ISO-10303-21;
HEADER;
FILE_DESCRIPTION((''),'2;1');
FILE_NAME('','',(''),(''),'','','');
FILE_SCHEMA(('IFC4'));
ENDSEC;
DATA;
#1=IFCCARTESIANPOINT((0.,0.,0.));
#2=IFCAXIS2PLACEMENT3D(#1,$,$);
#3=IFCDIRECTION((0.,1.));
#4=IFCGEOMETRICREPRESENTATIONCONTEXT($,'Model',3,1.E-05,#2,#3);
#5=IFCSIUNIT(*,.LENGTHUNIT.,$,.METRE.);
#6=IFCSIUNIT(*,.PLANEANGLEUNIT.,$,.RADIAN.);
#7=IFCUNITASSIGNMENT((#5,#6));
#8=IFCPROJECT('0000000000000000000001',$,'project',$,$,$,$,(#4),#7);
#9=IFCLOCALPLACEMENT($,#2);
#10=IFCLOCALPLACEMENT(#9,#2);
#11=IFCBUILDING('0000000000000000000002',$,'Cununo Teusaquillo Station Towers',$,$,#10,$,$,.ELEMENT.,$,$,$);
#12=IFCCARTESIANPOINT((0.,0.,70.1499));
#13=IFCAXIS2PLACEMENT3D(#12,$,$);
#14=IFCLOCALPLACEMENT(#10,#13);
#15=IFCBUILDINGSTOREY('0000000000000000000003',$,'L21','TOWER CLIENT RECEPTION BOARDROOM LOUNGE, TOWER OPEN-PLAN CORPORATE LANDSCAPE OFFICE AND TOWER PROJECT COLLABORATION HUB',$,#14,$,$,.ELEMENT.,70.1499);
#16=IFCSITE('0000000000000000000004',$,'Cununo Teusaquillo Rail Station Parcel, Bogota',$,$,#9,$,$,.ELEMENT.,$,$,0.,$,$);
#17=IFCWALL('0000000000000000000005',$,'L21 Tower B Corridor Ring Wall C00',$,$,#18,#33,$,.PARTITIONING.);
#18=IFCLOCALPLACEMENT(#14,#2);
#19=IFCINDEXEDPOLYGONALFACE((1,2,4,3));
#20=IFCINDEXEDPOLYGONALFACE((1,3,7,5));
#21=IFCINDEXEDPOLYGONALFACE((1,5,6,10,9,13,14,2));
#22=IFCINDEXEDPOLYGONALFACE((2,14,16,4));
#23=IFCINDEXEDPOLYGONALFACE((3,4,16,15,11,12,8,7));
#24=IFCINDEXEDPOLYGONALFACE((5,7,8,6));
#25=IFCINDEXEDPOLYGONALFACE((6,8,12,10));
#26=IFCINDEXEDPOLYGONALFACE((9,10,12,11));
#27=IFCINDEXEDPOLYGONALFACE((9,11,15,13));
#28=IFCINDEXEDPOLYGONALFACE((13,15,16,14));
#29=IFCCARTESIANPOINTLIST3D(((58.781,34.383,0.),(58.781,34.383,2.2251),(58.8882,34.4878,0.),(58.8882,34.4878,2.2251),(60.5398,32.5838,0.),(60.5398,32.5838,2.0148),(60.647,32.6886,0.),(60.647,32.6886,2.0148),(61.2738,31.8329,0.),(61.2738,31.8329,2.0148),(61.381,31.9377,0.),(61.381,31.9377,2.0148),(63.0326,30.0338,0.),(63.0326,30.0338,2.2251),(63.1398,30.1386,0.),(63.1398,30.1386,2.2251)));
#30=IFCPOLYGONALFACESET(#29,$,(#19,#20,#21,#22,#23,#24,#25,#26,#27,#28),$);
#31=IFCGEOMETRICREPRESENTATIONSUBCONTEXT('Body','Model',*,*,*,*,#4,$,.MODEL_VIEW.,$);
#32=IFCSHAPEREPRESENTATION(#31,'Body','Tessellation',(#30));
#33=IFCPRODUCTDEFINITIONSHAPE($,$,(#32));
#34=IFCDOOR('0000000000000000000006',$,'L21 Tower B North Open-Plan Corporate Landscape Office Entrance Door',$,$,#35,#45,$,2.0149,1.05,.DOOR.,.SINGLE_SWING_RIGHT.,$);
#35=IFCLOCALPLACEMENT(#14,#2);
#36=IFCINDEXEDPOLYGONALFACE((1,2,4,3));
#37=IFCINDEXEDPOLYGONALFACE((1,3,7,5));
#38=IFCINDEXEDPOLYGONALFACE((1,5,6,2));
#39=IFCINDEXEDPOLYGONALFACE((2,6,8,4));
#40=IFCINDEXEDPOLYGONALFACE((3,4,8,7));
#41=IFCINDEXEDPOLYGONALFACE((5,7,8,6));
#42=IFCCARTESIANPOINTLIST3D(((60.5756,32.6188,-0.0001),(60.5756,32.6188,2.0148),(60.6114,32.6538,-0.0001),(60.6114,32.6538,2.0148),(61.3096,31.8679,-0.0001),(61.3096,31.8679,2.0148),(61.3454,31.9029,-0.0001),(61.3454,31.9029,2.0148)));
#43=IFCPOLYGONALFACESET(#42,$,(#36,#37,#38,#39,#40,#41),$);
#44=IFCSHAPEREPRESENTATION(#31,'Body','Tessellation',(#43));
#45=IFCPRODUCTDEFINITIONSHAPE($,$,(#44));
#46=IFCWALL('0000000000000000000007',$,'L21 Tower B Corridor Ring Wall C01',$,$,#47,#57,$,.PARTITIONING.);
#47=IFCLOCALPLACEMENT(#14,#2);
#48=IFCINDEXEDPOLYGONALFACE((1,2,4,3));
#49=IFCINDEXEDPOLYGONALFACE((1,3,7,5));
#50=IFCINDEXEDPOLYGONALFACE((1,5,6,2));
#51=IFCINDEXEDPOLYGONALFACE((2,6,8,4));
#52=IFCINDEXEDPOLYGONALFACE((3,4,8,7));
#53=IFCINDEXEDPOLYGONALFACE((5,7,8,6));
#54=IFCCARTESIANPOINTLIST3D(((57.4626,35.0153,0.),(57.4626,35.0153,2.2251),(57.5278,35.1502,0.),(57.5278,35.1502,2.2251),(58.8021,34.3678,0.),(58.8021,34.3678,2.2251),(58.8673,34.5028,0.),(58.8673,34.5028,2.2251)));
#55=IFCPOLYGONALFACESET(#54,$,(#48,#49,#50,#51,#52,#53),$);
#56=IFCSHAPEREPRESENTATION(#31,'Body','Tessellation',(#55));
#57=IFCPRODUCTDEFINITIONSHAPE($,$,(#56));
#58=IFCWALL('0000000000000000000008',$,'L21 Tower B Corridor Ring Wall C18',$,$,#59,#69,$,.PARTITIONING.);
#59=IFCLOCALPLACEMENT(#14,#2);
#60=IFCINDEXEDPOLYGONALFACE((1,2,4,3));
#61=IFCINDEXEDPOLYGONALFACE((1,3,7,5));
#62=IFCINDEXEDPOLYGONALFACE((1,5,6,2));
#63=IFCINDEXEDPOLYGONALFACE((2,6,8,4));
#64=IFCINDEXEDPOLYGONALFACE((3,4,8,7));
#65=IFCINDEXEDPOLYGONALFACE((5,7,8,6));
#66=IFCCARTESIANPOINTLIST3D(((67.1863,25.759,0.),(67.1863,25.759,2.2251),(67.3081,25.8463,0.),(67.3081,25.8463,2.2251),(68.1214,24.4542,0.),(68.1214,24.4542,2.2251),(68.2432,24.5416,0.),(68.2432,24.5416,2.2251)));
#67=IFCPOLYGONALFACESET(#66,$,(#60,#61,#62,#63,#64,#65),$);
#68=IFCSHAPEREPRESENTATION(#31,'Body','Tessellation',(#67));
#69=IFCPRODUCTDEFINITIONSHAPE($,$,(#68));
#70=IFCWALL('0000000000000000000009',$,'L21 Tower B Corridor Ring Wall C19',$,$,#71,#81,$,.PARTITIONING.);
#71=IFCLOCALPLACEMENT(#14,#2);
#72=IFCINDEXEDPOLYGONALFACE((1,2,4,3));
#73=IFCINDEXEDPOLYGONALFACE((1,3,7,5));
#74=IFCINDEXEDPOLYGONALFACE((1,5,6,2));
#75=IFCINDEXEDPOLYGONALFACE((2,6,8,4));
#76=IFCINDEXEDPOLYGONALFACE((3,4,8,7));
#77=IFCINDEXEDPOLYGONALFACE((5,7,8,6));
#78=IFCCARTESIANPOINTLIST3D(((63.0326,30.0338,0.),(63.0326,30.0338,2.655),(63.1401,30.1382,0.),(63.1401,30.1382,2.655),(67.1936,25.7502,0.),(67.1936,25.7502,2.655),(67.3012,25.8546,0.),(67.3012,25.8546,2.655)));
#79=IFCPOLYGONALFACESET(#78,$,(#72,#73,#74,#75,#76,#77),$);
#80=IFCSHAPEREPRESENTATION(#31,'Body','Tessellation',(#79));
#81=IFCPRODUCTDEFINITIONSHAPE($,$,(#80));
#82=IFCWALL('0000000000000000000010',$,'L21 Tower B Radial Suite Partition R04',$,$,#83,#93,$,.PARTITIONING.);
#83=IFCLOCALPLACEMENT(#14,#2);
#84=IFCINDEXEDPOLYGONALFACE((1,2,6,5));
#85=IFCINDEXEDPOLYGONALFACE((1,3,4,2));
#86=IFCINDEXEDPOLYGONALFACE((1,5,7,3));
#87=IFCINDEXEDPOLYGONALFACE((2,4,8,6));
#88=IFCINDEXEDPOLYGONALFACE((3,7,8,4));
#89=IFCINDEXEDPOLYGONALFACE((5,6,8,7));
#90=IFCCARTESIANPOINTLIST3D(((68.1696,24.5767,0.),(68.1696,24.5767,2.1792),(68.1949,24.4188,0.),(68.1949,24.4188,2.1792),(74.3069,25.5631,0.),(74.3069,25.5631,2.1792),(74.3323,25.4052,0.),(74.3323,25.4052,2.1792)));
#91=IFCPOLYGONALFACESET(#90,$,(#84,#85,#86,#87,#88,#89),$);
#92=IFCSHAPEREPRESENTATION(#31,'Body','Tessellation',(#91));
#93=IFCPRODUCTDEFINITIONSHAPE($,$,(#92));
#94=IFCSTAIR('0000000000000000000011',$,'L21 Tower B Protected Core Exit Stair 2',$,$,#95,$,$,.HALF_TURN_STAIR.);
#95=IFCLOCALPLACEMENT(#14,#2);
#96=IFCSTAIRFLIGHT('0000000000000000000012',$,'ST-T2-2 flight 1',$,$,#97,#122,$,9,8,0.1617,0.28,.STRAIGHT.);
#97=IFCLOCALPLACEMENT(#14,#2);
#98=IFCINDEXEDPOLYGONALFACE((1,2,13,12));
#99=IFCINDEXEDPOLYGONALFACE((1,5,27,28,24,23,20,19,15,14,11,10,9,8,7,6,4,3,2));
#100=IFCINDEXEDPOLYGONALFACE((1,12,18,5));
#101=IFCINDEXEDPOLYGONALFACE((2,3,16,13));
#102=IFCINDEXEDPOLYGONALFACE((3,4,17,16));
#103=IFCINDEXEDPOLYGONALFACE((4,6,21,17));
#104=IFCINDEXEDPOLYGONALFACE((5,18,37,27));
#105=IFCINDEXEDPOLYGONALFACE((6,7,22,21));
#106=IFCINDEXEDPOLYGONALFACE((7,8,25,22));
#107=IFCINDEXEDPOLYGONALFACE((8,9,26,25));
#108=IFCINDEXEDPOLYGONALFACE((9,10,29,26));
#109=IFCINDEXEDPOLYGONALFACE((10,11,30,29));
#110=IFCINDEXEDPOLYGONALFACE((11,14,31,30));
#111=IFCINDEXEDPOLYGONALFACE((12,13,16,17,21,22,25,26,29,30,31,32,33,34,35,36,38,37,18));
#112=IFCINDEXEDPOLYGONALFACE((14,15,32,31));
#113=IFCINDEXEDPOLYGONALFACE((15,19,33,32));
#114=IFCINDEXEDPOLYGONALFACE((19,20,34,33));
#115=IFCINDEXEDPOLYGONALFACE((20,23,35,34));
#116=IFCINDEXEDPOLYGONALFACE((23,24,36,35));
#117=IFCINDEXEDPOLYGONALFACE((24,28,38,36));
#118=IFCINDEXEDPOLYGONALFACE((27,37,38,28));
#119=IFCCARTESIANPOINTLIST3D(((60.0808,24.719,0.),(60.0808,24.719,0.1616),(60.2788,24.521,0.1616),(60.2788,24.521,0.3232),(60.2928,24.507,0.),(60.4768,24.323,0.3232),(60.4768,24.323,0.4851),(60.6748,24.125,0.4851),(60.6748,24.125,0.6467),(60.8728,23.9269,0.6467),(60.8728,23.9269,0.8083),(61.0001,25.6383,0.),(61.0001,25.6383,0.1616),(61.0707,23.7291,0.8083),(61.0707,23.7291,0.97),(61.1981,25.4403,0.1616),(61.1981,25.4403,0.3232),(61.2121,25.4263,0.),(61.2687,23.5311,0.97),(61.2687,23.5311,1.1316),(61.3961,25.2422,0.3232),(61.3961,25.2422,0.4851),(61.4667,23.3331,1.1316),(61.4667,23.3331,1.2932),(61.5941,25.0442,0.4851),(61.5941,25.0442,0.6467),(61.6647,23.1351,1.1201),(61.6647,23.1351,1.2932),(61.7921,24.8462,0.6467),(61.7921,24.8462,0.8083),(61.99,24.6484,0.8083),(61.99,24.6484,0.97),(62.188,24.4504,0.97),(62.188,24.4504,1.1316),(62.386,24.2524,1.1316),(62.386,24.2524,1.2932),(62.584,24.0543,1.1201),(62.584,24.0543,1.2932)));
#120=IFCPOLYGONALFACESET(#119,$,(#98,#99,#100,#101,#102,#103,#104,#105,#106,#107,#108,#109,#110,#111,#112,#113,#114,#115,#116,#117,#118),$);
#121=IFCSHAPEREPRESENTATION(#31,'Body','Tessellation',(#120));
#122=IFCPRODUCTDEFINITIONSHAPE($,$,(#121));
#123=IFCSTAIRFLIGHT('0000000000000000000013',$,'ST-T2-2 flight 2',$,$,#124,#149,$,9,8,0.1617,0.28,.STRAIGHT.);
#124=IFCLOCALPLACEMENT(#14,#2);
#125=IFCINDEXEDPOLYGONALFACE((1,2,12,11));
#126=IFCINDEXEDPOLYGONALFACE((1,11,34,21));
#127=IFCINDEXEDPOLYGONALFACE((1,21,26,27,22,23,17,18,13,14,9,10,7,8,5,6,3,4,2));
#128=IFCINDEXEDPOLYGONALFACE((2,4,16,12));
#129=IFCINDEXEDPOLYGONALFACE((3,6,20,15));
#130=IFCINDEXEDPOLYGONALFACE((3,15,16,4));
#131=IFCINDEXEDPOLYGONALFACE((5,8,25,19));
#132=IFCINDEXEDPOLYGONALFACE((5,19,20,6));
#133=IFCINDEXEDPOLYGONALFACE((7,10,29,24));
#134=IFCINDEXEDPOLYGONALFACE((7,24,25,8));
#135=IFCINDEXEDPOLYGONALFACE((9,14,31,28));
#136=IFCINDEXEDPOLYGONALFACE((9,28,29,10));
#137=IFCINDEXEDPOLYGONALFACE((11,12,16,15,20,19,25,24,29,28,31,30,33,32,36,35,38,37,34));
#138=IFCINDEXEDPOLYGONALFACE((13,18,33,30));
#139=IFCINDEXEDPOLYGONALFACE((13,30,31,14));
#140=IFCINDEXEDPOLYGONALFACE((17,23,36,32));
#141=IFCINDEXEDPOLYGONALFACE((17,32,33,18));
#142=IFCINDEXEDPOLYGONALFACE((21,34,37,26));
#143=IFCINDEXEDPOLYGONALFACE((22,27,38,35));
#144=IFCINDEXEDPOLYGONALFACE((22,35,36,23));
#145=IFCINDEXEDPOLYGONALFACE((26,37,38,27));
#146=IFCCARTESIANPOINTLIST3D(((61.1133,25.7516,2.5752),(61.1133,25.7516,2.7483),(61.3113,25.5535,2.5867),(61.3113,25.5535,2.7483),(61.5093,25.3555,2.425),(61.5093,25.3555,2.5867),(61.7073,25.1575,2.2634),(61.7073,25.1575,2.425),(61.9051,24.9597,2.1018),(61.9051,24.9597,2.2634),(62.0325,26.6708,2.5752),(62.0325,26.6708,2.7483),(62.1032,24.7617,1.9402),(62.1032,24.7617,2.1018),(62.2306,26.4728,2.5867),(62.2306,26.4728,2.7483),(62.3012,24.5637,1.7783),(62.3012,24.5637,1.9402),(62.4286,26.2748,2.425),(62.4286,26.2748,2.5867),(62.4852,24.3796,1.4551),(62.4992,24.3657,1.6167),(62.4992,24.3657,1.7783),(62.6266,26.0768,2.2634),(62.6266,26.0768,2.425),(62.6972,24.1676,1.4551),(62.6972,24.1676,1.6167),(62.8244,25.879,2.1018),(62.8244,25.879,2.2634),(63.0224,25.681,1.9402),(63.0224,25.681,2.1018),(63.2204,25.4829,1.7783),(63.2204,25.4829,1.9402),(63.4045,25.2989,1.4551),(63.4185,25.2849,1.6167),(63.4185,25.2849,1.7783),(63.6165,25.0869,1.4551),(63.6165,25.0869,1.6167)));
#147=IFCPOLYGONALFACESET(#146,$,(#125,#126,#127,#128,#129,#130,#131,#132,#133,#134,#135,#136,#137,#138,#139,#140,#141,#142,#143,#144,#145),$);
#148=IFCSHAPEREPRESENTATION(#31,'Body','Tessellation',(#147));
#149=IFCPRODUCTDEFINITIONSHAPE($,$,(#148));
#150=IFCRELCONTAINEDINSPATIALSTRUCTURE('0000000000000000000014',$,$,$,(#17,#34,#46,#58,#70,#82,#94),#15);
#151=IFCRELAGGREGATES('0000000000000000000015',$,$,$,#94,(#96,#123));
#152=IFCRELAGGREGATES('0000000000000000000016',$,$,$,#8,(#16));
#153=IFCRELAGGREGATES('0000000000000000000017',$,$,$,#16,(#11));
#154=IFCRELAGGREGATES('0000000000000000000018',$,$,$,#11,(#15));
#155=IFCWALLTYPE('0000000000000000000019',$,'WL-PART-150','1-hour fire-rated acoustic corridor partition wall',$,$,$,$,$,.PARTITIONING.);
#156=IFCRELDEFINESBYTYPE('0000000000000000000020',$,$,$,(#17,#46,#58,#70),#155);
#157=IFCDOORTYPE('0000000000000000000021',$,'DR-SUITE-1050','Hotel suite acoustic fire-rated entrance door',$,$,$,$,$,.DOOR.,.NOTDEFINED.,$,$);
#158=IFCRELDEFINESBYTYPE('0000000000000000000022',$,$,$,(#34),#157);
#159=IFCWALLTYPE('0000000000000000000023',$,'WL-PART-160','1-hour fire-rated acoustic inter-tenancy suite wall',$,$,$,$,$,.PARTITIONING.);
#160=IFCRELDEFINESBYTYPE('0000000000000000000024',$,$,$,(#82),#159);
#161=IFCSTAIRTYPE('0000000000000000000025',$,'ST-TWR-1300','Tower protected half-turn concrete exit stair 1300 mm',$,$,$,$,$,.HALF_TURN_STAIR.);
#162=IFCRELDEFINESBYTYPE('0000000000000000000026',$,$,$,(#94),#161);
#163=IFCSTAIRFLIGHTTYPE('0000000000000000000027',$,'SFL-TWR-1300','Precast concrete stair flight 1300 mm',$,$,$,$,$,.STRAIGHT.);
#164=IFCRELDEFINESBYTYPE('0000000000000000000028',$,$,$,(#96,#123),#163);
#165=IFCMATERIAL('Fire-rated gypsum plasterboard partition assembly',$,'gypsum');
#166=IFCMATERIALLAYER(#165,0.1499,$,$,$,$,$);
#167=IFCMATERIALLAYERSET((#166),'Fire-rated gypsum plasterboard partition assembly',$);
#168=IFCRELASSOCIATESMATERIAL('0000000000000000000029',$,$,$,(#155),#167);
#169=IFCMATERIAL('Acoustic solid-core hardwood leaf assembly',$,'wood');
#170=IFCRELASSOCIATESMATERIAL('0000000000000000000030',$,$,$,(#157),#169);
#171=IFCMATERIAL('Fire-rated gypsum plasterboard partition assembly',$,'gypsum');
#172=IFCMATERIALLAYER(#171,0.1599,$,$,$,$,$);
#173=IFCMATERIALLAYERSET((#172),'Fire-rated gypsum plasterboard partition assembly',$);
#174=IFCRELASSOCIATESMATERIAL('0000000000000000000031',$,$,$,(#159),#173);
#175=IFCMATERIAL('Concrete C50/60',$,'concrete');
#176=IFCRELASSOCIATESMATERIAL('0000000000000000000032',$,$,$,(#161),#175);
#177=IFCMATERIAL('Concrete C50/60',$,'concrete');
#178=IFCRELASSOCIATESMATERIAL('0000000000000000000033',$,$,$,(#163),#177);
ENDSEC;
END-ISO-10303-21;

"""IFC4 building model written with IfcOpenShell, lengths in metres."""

from ifc_helpers import new_model, si_unit, direction, frame, frame_2d, origin, place, context, subcontext, project, spatial, polyline, rectangle, outline, extrude, source, transform, mapped, material, layer, layer_set, type_object, element, fill, aggregate, save


model = new_model("IFC4")

# Units and contexts
model_context = context("Model", 3, precision=1e-05, world=origin(), true_north=direction((0.0, 1.0)))
body_context = subcontext(model_context, "Body", "Model", "MODEL_VIEW")
ifc_project = project(units=[si_unit("LENGTHUNIT", "METRE"), si_unit("PLANEANGLEUNIT", "RADIAN")], contexts=[model_context])

# Site, building, storey
site_placement = place(None, origin())
site = spatial("IfcSite", under=ifc_project, at=site_placement, Name="Cununo Teusaquillo Rail Station Parcel, Bogota", CompositionType="ELEMENT", RefElevation=0.0)
building_placement = place(site_placement, origin())
building = spatial("IfcBuilding", under=site, at=building_placement, Name="Cununo Teusaquillo Station Towers", CompositionType="ELEMENT")
storey_placement = place(building_placement, frame((0.0, 0.0, 70.1499)))
storey = spatial("IfcBuildingStorey", under=building, at=storey_placement, Name="L21", Description="TOWER CLIENT RECEPTION BOARDROOM LOUNGE, TOWER OPEN-PLAN CORPORATE LANDSCAPE OFFICE AND TOWER PROJECT COLLABORATION HUB", CompositionType="ELEMENT", Elevation=70.1499)

# Wall, opening, door
ifc_material_1 = material(Name="Fire-rated gypsum plasterboard partition assembly", Category="gypsum")
ifc_layer_1 = layer(ifc_material_1, 0.1499)
ifc_layer_set_1 = layer_set([ifc_layer_1], Name="Fire-rated gypsum plasterboard partition assembly")
wall_type_1 = type_object("IfcWallType", Name="WL-PART-150", Description="1-hour fire-rated acoustic corridor partition wall", PredefinedType="PARTITIONING", material=ifc_layer_set_1)
wall_1_placement = place(storey_placement, frame((63.0862, 30.0862, 0.0), z_axis=(0.0, 0.0, 1.0), x_axis=(-0.699033, 0.71509, 0.0)))
wall_1 = element("IfcWall", 1, at=wall_1_placement, inside=storey, type_object=wall_type_1, Name="L21 Tower B Corridor Ring Wall C00", PredefinedType="PARTITIONING", context=body_context, shape_type="SweptSolid", body=[
    extrude(rectangle(XDim=6.082, YDim=0.1499, at=frame_2d((3.041, 0.0))), origin(), (0.0, 0.0, 1.0), 2.2251),
])
shared_shape_1 = source(origin(), body_context, "Body", "SweptSolid", [
    extrude(rectangle(XDim=1.05, YDim=2.0149, at=frame_2d((0.5249, 1.0073))), frame((0.0, 0.085, 0.0), z_axis=(0.0, -1.0, 0.0), x_axis=(1.0, 0.0, 0.0)), (0.0, 0.0, 1.0), 0.1699),
])
opening_1_placement = place(wall_1_placement, frame((2.5161, 0.0, 0.0)))
opening_1 = element("IfcOpeningElement", 2, at=opening_1_placement, cuts=wall_1, PredefinedType="OPENING", context=body_context, shape_type="MappedRepresentation", body=[
    mapped(shared_shape_1, transform((0.0, 0.0, 0.0), x_axis=(1.0, 0.0, 0.0), y_axis=(0.0, 1.0, 0.0), z_axis=(0.0, 0.0, 1.0), scale=1.0)),
])
ifc_material_2 = material(Name="Acoustic solid-core hardwood leaf assembly", Category="wood")
door_type = type_object("IfcDoorType", Name="DR-SUITE-1050", Description="Hotel suite acoustic fire-rated entrance door", OperationType="NOTDEFINED", PredefinedType="DOOR", material=ifc_material_2)
shared_shape_2 = source(origin(), body_context, "Body", "SweptSolid", [
    extrude(rectangle(XDim=1.05, YDim=2.0149, at=frame_2d((0.5249, 1.0073))), frame((0.0, 0.0249, 0.0), z_axis=(0.0, -1.0, 0.0), x_axis=(1.0, 0.0, 0.0)), (0.0, 0.0, 1.0), 0.05),
])
door_placement = place(opening_1_placement, origin())
door = element("IfcDoor", 3, at=door_placement, inside=storey, type_object=door_type, Name="L21 Tower B North Open-Plan Corporate Landscape Office Entrance Door", OperationType="SINGLE_SWING_RIGHT", OverallHeight=2.0149, OverallWidth=1.05, PredefinedType="DOOR", context=body_context, shape_type="MappedRepresentation", body=[
    mapped(shared_shape_2, transform((0.0, 0.0, 0.0), x_axis=(1.0, 0.0, 0.0), y_axis=(0.0, 1.0, 0.0), z_axis=(0.0, 0.0, 1.0), scale=1.0)),
])
fill(opening_1, door)

# Walls
wall_2_placement = place(storey_placement, frame((58.8347, 34.4353, 0.0), z_axis=(0.0, 0.0, 1.0), x_axis=(-0.900352, 0.435162, 0.0)))
element("IfcWall", 4, at=wall_2_placement, inside=storey, type_object=wall_type_1, Name="L21 Tower B Corridor Ring Wall C01", PredefinedType="PARTITIONING", context=body_context, shape_type="SweptSolid", body=[
    extrude(rectangle(XDim=1.4878, YDim=0.1499, at=frame_2d((0.7439, 0.0))), origin(), (0.0, 0.0, 1.0), 2.2251),
])
wall_3_placement = place(storey_placement, frame((68.1824, 24.4978, 0.0), z_axis=(0.0, 0.0, 1.0), x_axis=(-0.582532, 0.812808, 0.0)))
element("IfcWall", 5, at=wall_3_placement, inside=storey, type_object=wall_type_1, Name="L21 Tower B Corridor Ring Wall C18", PredefinedType="PARTITIONING", context=body_context, shape_type="SweptSolid", body=[
    extrude(rectangle(XDim=1.6052, YDim=0.1499, at=frame_2d((0.8027, 0.0))), origin(), (0.0, 0.0, 1.0), 2.2251),
])
wall_4_placement = place(storey_placement, frame((67.2473, 25.8025, 0.0), z_axis=(0.0, 0.0, 1.0), x_axis=(-0.696771, 0.717293, 0.0)))
element("IfcWall", 6, at=wall_4_placement, inside=storey, type_object=wall_type_1, Name="L21 Tower B Corridor Ring Wall C19", PredefinedType="PARTITIONING", context=body_context, shape_type="SweptSolid", body=[
    extrude(rectangle(XDim=5.9719, YDim=0.1499, at=frame_2d((2.9858, 0.0))), origin(), (0.0, 0.0, 1.0), 2.655),
])
ifc_material_3 = material(Name="Fire-rated gypsum plasterboard partition assembly", Category="gypsum")
ifc_layer_2 = layer(ifc_material_3, 0.1599)
ifc_layer_set_2 = layer_set([ifc_layer_2], Name="Fire-rated gypsum plasterboard partition assembly")
wall_type_2 = type_object("IfcWallType", Name="WL-PART-160", Description="1-hour fire-rated acoustic inter-tenancy suite wall", PredefinedType="PARTITIONING", material=ifc_layer_set_2)
wall_5_placement = place(storey_placement, frame((68.1824, 24.4978, 0.0), z_axis=(0.0, 0.0, 1.0), x_axis=(0.987331, 0.158677, 0.0)))
element("IfcWall", 7, at=wall_5_placement, inside=storey, type_object=wall_type_2, Name="L21 Tower B Radial Suite Partition R04", PredefinedType="PARTITIONING", context=body_context, shape_type="SweptSolid", body=[
    extrude(rectangle(XDim=6.2161, YDim=0.1599, at=frame_2d((3.1079, 0.0))), origin(), (0.0, 0.0, 1.0), 2.1792),
])

# Stair, stair flights
ifc_material_4 = material(Name="Concrete C50/60", Category="concrete")
stair_type = type_object("IfcStairType", Name="ST-TWR-1300", Description="Tower protected half-turn concrete exit stair 1300 mm", PredefinedType="HALF_TURN_STAIR", material=ifc_material_4)
stair_placement = place(storey_placement, origin())
stair = element("IfcStair", 8, at=stair_placement, inside=storey, type_object=stair_type, Name="L21 Tower B Protected Core Exit Stair 2", PredefinedType="HALF_TURN_STAIR")
ifc_material_5 = material(Name="Concrete C50/60", Category="concrete")
stair_flight_type = type_object("IfcStairFlightType", Name="SFL-TWR-1300", Description="Precast concrete stair flight 1300 mm", PredefinedType="STRAIGHT", material=ifc_material_5)
stair_flight_1_placement = place(storey_placement, frame((60.5405, 25.1787, 0.0), z_axis=(0.0, 0.0, 1.0), x_axis=(0.707107, -0.707107, 0.0)))
stair_flight_1 = element("IfcStairFlight", 9, at=stair_flight_1_placement, type_object=stair_flight_type, Name="ST-T2-2 flight 1", NumberOfRisers=9, NumberOfTreads=8, PredefinedType="STRAIGHT", RiserHeight=0.1617, TreadLength=0.28, context=body_context, shape_type="SweptSolid", body=[
    extrude(outline(polyline([(0.0, 0.0), (0.0, 0.1616), (0.28, 0.1616), (0.28, 0.3232), (0.5601, 0.3232), (0.5601, 0.4851), (0.8401, 0.4851), (0.8401, 0.6467), (1.1201, 0.6467), (1.1201, 0.8083), (1.3999, 0.8083), (1.3999, 0.97), (1.6799, 0.97), (1.6799, 1.1316), (1.96, 1.1316), (1.96, 1.2932), (2.24, 1.2932), (2.24, 1.4551), (2.24, 1.1201), (0.2998, 0.0), (0.0, 0.0)])), frame((0.0, 0.6499, 0.0), z_axis=(0.0, -1.0, 0.0), x_axis=(1.0, 0.0, 0.0)), (0.0, 0.0, 1.0), 1.3),
])
stair_flight_2_placement = place(storey_placement, frame((63.1567, 24.6272, 1.4551), z_axis=(0.0, 0.0, 1.0), x_axis=(-0.707107, 0.707107, 0.0)))
stair_flight_2 = element("IfcStairFlight", 10, at=stair_flight_2_placement, type_object=stair_flight_type, Name="ST-T2-2 flight 2", NumberOfRisers=9, NumberOfTreads=8, PredefinedType="STRAIGHT", RiserHeight=0.1617, TreadLength=0.28, context=body_context, shape_type="SweptSolid", body=[
    extrude(outline(polyline([(0.0, 0.0), (0.0, 0.1616), (0.28, 0.1616), (0.28, 0.3232), (0.5601, 0.3232), (0.5601, 0.4851), (0.8401, 0.4851), (0.8401, 0.6467), (1.1201, 0.6467), (1.1201, 0.8083), (1.3999, 0.8083), (1.3999, 0.97), (1.6799, 0.97), (1.6799, 1.1316), (1.96, 1.1316), (1.96, 1.2932), (2.24, 1.2932), (2.24, 1.4551), (2.24, 1.1201), (0.2998, 0.0), (0.0, 0.0)])), frame((0.0, 0.6499, 0.0), z_axis=(0.0, -1.0, 0.0), x_axis=(1.0, 0.0, 0.0)), (0.0, 0.0, 1.0), 1.3),
])
aggregate(stair, [stair_flight_1, stair_flight_2])

save(model, "model.ifc")
